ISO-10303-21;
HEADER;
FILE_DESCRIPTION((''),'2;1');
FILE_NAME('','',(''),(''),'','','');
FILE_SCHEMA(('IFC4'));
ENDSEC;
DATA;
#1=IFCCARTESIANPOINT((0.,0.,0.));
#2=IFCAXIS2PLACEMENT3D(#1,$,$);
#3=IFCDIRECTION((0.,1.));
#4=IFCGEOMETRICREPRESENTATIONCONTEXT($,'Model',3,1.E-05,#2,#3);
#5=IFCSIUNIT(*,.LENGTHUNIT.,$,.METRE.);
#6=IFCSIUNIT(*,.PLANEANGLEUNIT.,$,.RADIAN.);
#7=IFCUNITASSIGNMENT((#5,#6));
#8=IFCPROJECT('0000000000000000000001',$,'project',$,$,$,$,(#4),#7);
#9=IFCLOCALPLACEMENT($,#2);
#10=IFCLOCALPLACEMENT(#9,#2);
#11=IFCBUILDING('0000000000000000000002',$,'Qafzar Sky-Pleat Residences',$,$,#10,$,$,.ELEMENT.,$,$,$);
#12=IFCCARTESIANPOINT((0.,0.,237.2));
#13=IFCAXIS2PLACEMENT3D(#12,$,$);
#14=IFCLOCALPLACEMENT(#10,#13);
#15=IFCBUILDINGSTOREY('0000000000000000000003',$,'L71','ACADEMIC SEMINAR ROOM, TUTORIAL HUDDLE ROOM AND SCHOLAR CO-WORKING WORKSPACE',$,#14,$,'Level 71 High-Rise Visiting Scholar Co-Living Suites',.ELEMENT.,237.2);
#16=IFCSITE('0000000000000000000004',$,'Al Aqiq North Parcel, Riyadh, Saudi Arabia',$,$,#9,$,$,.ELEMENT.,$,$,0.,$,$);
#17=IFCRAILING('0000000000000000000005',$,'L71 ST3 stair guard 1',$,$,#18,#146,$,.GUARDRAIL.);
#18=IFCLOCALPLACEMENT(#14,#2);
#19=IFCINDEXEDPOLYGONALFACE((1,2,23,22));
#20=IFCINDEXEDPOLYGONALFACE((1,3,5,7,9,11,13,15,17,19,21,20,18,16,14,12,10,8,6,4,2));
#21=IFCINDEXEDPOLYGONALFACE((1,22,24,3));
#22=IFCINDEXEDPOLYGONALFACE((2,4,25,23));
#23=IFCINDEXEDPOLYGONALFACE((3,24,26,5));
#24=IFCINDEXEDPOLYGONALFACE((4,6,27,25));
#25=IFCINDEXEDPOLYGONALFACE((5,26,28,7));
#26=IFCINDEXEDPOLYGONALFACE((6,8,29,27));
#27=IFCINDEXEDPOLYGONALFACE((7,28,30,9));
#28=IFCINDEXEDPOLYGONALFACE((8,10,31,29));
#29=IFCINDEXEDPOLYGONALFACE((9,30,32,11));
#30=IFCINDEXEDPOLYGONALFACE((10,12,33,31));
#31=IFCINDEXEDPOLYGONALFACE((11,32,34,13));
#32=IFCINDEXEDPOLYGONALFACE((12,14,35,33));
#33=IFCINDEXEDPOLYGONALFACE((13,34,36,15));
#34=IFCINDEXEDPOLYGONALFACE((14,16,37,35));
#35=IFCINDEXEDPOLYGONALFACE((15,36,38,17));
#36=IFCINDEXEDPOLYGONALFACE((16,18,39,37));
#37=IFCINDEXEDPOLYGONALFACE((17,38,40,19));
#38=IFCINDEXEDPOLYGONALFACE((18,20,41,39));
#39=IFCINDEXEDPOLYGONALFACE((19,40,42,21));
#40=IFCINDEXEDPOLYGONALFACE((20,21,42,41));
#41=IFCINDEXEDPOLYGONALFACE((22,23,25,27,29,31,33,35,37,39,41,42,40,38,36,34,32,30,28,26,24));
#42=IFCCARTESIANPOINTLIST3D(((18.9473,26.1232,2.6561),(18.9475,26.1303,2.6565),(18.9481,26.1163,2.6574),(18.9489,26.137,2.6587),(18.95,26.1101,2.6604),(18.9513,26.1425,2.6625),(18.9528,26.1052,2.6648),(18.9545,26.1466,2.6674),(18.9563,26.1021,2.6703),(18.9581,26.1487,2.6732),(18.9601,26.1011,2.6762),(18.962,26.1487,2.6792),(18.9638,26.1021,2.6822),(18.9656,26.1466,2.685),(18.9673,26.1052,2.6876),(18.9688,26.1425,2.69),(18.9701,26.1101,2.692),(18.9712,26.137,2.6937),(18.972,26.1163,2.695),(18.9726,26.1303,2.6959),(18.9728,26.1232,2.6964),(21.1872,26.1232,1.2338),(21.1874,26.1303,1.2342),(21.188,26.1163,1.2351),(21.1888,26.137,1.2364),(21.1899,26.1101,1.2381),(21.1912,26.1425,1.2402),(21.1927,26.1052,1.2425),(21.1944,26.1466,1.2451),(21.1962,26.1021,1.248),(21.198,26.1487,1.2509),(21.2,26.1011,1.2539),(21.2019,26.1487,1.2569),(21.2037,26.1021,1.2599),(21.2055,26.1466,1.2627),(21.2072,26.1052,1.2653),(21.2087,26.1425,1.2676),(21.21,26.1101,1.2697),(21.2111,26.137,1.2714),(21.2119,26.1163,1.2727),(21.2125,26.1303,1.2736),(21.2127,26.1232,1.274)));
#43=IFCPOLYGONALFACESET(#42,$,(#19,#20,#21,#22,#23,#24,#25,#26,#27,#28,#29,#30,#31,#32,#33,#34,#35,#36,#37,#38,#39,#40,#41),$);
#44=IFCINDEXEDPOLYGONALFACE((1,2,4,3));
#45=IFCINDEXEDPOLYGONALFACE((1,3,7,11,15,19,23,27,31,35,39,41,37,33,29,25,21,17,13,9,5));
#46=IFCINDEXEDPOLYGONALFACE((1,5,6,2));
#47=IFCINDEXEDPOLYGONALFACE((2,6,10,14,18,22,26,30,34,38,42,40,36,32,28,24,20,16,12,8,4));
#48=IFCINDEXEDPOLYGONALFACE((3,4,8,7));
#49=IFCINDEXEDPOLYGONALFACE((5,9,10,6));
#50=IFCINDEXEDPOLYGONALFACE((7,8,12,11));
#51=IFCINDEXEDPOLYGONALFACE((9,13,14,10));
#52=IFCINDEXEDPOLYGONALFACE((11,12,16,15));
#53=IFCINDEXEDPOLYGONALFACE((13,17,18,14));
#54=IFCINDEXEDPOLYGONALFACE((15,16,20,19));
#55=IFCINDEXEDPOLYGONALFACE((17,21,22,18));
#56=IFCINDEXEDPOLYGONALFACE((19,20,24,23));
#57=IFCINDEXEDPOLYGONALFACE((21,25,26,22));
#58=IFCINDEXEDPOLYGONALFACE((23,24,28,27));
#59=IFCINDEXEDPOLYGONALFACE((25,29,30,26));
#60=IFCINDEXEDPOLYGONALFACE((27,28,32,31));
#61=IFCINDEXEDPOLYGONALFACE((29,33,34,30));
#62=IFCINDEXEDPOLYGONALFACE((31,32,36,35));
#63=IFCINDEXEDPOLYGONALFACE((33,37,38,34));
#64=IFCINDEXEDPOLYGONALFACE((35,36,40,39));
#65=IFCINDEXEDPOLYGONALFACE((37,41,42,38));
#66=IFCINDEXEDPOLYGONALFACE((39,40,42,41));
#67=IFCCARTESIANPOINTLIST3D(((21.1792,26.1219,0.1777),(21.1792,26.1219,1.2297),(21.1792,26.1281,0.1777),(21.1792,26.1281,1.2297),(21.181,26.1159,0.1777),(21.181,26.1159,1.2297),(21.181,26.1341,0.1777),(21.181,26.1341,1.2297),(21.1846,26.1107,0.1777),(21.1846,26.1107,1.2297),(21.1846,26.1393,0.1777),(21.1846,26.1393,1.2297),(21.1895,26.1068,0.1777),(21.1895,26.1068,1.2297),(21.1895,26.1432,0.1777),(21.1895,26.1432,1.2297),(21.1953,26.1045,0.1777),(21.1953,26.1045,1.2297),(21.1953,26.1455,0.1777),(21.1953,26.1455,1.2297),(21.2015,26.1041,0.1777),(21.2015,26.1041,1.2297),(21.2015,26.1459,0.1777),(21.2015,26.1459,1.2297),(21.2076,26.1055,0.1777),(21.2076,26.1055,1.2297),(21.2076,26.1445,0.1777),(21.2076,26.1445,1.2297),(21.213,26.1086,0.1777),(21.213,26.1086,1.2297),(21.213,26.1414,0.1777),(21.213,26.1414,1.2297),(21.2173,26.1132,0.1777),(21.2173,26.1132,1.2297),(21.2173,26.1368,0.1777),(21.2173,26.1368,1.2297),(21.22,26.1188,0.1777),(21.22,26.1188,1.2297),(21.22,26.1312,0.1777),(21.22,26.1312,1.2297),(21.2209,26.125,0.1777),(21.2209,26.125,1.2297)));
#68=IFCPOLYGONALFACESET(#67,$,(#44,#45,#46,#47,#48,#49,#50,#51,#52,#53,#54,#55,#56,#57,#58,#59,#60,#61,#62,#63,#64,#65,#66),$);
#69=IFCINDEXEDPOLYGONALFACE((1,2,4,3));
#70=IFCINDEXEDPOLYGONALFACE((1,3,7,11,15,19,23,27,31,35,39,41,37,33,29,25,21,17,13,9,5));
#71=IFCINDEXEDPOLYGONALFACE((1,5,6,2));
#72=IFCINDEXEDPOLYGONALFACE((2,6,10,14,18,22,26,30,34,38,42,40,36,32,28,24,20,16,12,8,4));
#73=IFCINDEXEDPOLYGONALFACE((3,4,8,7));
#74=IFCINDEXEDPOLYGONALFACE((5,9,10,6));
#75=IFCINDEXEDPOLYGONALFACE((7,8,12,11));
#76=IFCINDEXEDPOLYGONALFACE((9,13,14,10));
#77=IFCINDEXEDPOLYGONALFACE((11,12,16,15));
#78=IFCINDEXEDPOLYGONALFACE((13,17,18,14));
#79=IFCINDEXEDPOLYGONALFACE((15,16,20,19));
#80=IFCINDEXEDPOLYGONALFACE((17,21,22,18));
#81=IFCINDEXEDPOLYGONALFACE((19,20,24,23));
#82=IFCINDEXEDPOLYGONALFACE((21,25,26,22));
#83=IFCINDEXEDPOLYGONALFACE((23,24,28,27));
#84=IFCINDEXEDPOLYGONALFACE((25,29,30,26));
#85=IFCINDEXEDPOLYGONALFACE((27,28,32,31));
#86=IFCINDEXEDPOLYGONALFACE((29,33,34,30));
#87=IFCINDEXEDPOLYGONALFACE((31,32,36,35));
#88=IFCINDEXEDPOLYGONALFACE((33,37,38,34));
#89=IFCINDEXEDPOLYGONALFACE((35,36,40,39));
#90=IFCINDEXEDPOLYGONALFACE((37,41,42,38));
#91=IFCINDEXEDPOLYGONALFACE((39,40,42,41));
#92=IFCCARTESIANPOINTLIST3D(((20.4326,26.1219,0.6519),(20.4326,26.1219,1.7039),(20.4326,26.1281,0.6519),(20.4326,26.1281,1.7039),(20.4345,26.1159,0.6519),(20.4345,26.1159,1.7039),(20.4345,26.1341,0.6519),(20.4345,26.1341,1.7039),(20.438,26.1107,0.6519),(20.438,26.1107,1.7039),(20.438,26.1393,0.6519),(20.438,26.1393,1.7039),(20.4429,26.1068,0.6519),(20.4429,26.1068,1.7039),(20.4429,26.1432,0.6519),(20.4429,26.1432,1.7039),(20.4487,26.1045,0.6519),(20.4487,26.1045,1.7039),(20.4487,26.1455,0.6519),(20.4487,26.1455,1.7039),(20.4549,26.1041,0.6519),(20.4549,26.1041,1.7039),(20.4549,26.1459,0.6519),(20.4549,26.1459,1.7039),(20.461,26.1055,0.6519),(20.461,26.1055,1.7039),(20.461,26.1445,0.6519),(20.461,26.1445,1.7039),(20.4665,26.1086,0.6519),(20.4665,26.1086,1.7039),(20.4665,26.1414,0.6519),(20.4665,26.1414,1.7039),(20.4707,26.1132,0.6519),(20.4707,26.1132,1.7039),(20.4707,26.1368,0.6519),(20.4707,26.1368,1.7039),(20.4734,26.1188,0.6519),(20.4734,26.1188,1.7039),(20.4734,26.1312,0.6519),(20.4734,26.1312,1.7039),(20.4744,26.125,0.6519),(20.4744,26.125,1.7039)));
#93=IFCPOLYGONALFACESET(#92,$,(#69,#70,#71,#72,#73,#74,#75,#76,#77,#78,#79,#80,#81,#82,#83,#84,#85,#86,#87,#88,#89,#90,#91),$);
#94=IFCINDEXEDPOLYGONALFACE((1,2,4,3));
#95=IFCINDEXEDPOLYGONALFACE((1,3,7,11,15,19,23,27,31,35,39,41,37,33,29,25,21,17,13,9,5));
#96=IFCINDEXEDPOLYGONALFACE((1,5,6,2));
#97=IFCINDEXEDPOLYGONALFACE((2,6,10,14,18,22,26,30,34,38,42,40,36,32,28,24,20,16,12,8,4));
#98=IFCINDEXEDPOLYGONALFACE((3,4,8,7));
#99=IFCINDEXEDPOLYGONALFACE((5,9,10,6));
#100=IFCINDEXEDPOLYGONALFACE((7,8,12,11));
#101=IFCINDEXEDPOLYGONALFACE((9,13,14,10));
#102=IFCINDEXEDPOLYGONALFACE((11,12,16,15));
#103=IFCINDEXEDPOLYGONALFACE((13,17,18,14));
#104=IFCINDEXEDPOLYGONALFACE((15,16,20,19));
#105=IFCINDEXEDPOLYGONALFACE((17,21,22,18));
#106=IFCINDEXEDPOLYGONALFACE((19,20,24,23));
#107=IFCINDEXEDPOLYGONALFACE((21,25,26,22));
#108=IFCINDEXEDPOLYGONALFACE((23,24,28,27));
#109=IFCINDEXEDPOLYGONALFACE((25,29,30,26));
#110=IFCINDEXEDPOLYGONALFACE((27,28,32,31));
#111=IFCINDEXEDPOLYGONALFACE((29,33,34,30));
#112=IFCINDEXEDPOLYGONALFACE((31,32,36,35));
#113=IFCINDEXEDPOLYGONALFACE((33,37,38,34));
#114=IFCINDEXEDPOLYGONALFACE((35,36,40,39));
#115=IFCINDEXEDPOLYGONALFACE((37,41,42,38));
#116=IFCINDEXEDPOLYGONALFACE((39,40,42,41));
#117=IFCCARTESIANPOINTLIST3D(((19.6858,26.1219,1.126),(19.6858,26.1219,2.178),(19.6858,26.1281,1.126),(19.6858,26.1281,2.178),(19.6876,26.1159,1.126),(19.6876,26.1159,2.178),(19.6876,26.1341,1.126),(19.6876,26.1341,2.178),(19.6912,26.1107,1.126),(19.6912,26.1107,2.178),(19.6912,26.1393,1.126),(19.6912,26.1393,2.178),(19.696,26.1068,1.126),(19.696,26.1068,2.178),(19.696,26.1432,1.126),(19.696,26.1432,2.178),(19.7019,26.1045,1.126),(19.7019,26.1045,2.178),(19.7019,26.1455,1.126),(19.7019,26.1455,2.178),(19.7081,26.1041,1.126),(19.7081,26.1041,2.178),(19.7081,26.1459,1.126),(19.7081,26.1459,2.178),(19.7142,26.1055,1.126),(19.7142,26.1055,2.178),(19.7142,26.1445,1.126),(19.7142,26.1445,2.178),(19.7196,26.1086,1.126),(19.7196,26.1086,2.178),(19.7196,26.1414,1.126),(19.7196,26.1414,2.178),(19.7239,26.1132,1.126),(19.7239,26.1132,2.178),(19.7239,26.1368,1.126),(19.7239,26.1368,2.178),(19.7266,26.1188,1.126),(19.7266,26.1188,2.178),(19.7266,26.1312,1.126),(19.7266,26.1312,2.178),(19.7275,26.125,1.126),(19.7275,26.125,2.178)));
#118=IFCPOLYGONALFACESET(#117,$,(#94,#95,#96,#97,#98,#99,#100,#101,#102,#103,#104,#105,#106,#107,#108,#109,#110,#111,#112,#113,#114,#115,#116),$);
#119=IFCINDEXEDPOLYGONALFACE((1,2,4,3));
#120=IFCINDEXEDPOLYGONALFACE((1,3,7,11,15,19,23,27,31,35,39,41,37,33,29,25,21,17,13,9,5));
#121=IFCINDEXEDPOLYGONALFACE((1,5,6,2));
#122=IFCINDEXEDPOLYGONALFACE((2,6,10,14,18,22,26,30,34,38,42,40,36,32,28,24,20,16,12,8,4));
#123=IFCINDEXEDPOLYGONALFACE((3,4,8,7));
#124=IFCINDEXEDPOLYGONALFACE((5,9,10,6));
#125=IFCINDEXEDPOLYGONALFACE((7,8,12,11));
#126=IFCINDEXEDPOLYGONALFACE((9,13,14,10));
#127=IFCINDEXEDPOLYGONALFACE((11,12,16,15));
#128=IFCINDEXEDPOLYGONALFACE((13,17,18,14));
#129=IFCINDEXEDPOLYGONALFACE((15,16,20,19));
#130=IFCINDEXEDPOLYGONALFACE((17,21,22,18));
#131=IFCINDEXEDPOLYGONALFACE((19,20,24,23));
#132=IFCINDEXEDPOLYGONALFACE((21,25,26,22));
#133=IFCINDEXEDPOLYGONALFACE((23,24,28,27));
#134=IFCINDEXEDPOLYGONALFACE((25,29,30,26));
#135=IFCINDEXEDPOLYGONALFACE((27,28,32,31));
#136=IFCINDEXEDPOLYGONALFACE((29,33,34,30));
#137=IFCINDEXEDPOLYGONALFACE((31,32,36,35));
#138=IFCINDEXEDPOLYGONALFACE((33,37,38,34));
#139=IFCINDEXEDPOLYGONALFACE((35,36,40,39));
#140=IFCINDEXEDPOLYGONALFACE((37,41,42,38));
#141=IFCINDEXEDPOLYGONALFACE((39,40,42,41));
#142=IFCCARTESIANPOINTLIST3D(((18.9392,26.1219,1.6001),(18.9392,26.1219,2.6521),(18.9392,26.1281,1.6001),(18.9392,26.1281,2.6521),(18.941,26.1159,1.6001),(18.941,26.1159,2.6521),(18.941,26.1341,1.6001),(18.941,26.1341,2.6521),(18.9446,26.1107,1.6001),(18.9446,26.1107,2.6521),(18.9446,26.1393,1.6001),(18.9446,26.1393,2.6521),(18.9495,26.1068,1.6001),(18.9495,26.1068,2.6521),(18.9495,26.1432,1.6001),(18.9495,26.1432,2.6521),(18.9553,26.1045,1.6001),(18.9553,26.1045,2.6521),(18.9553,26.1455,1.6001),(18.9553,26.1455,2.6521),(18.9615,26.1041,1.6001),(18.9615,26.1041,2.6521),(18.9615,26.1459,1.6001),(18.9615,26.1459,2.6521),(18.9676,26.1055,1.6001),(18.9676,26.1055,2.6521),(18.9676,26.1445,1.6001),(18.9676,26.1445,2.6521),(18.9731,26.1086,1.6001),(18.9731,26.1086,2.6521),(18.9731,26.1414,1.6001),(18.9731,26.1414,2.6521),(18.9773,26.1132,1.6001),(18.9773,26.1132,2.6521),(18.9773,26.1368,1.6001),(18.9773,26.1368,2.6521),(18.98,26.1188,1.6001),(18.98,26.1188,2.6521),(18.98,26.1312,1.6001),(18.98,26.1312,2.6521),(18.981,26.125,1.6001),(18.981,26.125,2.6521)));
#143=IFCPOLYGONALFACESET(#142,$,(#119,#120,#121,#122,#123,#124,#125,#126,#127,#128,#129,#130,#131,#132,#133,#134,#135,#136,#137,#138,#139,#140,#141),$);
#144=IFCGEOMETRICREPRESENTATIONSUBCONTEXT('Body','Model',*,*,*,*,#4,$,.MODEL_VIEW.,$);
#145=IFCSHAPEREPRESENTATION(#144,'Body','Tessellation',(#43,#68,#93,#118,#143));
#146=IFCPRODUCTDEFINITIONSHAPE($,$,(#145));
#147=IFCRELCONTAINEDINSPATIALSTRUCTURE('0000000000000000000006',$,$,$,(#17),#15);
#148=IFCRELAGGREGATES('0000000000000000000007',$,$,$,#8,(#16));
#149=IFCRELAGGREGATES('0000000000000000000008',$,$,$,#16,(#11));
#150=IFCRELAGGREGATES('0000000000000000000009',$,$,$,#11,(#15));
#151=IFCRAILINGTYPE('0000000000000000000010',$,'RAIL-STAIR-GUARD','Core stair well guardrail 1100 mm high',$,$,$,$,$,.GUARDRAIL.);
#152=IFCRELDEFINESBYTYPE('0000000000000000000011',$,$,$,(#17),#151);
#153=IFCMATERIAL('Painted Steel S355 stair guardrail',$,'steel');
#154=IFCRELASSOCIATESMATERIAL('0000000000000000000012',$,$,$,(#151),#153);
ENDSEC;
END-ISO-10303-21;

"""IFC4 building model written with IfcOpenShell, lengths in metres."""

from ifc_helpers import new_model, si_unit, direction, frame, origin, origin_2d, place, context, subcontext, project, spatial, circle, extrude, source, transform, mapped, material, type_object, element, save


model = new_model("IFC4")

# Units and contexts
model_context = context("Model", 3, precision=1e-05, world=origin(), true_north=direction((0.0, 1.0)))
body_context = subcontext(model_context, "Body", "Model", "MODEL_VIEW")
ifc_project = project(units=[si_unit("LENGTHUNIT", "METRE"), si_unit("PLANEANGLEUNIT", "RADIAN")], contexts=[model_context])

# Site, building, storey
site_placement = place(None, origin())
site = spatial("IfcSite", under=ifc_project, at=site_placement, Name="Al Aqiq North Parcel, Riyadh, Saudi Arabia", CompositionType="ELEMENT", RefElevation=0.0)
building_placement = place(site_placement, origin())
building = spatial("IfcBuilding", under=site, at=building_placement, Name="Qafzar Sky-Pleat Residences", CompositionType="ELEMENT")
storey_placement = place(building_placement, frame((0.0, 0.0, 237.2)))
storey = spatial("IfcBuildingStorey", under=building, at=storey_placement, Name="L71", Description="ACADEMIC SEMINAR ROOM, TUTORIAL HUDDLE ROOM AND SCHOLAR CO-WORKING WORKSPACE", LongName="Level 71 High-Rise Visiting Scholar Co-Living Suites", CompositionType="ELEMENT", Elevation=237.2)

# Railing
ifc_material_1 = material(Name="Painted Steel S355 stair guardrail", Category="steel")
railing_type_1 = type_object("IfcRailingType", Name="RAIL-STAIR-GUARD", Description="Core stair well guardrail 1100 mm high", PredefinedType="GUARDRAIL", material=ifc_material_1)
shared_shape_1 = source(origin(), body_context, "Body", "SweptSolid", [
    extrude(circle(Radius=0.0239, at=origin_2d()), frame((0.0, 0.0, 1.0762), z_axis=(-0.844188, 0.0, 0.536048), x_axis=(0.0, -1.0, 0.0)), (0.0, 0.0, 1.0), 2.6533),
    extrude(circle(Radius=0.021, at=origin_2d()), origin(), (0.0, 0.0, 1.0), 1.052),
    extrude(circle(Radius=0.021, at=origin_2d()), frame((-0.7466, 0.0, 0.4741)), (0.0, 0.0, 1.0), 1.052),
    extrude(circle(Radius=0.021, at=origin_2d()), frame((-1.4934, 0.0, 0.9482)), (0.0, 0.0, 1.0), 1.052),
    extrude(circle(Radius=0.021, at=origin_2d()), frame((-2.24, 0.0, 1.4224)), (0.0, 0.0, 1.0), 1.052),
])
railing_1_placement = place(storey_placement, frame((21.2, 26.125, 0.1777)))
element("IfcRailing", 1, at=railing_1_placement, inside=storey, type_object=railing_type_1, Name="L71 ST3 stair guard 1", PredefinedType="GUARDRAIL", context=body_context, shape_type="MappedRepresentation", body=[
    mapped(shared_shape_1, transform((0.0, 0.0, 0.0), x_axis=(1.0, 0.0, 0.0), y_axis=(0.0, 1.0, 0.0), z_axis=(0.0, 0.0, 1.0), scale=1.0)),
])

save(model, "model.ifc")
